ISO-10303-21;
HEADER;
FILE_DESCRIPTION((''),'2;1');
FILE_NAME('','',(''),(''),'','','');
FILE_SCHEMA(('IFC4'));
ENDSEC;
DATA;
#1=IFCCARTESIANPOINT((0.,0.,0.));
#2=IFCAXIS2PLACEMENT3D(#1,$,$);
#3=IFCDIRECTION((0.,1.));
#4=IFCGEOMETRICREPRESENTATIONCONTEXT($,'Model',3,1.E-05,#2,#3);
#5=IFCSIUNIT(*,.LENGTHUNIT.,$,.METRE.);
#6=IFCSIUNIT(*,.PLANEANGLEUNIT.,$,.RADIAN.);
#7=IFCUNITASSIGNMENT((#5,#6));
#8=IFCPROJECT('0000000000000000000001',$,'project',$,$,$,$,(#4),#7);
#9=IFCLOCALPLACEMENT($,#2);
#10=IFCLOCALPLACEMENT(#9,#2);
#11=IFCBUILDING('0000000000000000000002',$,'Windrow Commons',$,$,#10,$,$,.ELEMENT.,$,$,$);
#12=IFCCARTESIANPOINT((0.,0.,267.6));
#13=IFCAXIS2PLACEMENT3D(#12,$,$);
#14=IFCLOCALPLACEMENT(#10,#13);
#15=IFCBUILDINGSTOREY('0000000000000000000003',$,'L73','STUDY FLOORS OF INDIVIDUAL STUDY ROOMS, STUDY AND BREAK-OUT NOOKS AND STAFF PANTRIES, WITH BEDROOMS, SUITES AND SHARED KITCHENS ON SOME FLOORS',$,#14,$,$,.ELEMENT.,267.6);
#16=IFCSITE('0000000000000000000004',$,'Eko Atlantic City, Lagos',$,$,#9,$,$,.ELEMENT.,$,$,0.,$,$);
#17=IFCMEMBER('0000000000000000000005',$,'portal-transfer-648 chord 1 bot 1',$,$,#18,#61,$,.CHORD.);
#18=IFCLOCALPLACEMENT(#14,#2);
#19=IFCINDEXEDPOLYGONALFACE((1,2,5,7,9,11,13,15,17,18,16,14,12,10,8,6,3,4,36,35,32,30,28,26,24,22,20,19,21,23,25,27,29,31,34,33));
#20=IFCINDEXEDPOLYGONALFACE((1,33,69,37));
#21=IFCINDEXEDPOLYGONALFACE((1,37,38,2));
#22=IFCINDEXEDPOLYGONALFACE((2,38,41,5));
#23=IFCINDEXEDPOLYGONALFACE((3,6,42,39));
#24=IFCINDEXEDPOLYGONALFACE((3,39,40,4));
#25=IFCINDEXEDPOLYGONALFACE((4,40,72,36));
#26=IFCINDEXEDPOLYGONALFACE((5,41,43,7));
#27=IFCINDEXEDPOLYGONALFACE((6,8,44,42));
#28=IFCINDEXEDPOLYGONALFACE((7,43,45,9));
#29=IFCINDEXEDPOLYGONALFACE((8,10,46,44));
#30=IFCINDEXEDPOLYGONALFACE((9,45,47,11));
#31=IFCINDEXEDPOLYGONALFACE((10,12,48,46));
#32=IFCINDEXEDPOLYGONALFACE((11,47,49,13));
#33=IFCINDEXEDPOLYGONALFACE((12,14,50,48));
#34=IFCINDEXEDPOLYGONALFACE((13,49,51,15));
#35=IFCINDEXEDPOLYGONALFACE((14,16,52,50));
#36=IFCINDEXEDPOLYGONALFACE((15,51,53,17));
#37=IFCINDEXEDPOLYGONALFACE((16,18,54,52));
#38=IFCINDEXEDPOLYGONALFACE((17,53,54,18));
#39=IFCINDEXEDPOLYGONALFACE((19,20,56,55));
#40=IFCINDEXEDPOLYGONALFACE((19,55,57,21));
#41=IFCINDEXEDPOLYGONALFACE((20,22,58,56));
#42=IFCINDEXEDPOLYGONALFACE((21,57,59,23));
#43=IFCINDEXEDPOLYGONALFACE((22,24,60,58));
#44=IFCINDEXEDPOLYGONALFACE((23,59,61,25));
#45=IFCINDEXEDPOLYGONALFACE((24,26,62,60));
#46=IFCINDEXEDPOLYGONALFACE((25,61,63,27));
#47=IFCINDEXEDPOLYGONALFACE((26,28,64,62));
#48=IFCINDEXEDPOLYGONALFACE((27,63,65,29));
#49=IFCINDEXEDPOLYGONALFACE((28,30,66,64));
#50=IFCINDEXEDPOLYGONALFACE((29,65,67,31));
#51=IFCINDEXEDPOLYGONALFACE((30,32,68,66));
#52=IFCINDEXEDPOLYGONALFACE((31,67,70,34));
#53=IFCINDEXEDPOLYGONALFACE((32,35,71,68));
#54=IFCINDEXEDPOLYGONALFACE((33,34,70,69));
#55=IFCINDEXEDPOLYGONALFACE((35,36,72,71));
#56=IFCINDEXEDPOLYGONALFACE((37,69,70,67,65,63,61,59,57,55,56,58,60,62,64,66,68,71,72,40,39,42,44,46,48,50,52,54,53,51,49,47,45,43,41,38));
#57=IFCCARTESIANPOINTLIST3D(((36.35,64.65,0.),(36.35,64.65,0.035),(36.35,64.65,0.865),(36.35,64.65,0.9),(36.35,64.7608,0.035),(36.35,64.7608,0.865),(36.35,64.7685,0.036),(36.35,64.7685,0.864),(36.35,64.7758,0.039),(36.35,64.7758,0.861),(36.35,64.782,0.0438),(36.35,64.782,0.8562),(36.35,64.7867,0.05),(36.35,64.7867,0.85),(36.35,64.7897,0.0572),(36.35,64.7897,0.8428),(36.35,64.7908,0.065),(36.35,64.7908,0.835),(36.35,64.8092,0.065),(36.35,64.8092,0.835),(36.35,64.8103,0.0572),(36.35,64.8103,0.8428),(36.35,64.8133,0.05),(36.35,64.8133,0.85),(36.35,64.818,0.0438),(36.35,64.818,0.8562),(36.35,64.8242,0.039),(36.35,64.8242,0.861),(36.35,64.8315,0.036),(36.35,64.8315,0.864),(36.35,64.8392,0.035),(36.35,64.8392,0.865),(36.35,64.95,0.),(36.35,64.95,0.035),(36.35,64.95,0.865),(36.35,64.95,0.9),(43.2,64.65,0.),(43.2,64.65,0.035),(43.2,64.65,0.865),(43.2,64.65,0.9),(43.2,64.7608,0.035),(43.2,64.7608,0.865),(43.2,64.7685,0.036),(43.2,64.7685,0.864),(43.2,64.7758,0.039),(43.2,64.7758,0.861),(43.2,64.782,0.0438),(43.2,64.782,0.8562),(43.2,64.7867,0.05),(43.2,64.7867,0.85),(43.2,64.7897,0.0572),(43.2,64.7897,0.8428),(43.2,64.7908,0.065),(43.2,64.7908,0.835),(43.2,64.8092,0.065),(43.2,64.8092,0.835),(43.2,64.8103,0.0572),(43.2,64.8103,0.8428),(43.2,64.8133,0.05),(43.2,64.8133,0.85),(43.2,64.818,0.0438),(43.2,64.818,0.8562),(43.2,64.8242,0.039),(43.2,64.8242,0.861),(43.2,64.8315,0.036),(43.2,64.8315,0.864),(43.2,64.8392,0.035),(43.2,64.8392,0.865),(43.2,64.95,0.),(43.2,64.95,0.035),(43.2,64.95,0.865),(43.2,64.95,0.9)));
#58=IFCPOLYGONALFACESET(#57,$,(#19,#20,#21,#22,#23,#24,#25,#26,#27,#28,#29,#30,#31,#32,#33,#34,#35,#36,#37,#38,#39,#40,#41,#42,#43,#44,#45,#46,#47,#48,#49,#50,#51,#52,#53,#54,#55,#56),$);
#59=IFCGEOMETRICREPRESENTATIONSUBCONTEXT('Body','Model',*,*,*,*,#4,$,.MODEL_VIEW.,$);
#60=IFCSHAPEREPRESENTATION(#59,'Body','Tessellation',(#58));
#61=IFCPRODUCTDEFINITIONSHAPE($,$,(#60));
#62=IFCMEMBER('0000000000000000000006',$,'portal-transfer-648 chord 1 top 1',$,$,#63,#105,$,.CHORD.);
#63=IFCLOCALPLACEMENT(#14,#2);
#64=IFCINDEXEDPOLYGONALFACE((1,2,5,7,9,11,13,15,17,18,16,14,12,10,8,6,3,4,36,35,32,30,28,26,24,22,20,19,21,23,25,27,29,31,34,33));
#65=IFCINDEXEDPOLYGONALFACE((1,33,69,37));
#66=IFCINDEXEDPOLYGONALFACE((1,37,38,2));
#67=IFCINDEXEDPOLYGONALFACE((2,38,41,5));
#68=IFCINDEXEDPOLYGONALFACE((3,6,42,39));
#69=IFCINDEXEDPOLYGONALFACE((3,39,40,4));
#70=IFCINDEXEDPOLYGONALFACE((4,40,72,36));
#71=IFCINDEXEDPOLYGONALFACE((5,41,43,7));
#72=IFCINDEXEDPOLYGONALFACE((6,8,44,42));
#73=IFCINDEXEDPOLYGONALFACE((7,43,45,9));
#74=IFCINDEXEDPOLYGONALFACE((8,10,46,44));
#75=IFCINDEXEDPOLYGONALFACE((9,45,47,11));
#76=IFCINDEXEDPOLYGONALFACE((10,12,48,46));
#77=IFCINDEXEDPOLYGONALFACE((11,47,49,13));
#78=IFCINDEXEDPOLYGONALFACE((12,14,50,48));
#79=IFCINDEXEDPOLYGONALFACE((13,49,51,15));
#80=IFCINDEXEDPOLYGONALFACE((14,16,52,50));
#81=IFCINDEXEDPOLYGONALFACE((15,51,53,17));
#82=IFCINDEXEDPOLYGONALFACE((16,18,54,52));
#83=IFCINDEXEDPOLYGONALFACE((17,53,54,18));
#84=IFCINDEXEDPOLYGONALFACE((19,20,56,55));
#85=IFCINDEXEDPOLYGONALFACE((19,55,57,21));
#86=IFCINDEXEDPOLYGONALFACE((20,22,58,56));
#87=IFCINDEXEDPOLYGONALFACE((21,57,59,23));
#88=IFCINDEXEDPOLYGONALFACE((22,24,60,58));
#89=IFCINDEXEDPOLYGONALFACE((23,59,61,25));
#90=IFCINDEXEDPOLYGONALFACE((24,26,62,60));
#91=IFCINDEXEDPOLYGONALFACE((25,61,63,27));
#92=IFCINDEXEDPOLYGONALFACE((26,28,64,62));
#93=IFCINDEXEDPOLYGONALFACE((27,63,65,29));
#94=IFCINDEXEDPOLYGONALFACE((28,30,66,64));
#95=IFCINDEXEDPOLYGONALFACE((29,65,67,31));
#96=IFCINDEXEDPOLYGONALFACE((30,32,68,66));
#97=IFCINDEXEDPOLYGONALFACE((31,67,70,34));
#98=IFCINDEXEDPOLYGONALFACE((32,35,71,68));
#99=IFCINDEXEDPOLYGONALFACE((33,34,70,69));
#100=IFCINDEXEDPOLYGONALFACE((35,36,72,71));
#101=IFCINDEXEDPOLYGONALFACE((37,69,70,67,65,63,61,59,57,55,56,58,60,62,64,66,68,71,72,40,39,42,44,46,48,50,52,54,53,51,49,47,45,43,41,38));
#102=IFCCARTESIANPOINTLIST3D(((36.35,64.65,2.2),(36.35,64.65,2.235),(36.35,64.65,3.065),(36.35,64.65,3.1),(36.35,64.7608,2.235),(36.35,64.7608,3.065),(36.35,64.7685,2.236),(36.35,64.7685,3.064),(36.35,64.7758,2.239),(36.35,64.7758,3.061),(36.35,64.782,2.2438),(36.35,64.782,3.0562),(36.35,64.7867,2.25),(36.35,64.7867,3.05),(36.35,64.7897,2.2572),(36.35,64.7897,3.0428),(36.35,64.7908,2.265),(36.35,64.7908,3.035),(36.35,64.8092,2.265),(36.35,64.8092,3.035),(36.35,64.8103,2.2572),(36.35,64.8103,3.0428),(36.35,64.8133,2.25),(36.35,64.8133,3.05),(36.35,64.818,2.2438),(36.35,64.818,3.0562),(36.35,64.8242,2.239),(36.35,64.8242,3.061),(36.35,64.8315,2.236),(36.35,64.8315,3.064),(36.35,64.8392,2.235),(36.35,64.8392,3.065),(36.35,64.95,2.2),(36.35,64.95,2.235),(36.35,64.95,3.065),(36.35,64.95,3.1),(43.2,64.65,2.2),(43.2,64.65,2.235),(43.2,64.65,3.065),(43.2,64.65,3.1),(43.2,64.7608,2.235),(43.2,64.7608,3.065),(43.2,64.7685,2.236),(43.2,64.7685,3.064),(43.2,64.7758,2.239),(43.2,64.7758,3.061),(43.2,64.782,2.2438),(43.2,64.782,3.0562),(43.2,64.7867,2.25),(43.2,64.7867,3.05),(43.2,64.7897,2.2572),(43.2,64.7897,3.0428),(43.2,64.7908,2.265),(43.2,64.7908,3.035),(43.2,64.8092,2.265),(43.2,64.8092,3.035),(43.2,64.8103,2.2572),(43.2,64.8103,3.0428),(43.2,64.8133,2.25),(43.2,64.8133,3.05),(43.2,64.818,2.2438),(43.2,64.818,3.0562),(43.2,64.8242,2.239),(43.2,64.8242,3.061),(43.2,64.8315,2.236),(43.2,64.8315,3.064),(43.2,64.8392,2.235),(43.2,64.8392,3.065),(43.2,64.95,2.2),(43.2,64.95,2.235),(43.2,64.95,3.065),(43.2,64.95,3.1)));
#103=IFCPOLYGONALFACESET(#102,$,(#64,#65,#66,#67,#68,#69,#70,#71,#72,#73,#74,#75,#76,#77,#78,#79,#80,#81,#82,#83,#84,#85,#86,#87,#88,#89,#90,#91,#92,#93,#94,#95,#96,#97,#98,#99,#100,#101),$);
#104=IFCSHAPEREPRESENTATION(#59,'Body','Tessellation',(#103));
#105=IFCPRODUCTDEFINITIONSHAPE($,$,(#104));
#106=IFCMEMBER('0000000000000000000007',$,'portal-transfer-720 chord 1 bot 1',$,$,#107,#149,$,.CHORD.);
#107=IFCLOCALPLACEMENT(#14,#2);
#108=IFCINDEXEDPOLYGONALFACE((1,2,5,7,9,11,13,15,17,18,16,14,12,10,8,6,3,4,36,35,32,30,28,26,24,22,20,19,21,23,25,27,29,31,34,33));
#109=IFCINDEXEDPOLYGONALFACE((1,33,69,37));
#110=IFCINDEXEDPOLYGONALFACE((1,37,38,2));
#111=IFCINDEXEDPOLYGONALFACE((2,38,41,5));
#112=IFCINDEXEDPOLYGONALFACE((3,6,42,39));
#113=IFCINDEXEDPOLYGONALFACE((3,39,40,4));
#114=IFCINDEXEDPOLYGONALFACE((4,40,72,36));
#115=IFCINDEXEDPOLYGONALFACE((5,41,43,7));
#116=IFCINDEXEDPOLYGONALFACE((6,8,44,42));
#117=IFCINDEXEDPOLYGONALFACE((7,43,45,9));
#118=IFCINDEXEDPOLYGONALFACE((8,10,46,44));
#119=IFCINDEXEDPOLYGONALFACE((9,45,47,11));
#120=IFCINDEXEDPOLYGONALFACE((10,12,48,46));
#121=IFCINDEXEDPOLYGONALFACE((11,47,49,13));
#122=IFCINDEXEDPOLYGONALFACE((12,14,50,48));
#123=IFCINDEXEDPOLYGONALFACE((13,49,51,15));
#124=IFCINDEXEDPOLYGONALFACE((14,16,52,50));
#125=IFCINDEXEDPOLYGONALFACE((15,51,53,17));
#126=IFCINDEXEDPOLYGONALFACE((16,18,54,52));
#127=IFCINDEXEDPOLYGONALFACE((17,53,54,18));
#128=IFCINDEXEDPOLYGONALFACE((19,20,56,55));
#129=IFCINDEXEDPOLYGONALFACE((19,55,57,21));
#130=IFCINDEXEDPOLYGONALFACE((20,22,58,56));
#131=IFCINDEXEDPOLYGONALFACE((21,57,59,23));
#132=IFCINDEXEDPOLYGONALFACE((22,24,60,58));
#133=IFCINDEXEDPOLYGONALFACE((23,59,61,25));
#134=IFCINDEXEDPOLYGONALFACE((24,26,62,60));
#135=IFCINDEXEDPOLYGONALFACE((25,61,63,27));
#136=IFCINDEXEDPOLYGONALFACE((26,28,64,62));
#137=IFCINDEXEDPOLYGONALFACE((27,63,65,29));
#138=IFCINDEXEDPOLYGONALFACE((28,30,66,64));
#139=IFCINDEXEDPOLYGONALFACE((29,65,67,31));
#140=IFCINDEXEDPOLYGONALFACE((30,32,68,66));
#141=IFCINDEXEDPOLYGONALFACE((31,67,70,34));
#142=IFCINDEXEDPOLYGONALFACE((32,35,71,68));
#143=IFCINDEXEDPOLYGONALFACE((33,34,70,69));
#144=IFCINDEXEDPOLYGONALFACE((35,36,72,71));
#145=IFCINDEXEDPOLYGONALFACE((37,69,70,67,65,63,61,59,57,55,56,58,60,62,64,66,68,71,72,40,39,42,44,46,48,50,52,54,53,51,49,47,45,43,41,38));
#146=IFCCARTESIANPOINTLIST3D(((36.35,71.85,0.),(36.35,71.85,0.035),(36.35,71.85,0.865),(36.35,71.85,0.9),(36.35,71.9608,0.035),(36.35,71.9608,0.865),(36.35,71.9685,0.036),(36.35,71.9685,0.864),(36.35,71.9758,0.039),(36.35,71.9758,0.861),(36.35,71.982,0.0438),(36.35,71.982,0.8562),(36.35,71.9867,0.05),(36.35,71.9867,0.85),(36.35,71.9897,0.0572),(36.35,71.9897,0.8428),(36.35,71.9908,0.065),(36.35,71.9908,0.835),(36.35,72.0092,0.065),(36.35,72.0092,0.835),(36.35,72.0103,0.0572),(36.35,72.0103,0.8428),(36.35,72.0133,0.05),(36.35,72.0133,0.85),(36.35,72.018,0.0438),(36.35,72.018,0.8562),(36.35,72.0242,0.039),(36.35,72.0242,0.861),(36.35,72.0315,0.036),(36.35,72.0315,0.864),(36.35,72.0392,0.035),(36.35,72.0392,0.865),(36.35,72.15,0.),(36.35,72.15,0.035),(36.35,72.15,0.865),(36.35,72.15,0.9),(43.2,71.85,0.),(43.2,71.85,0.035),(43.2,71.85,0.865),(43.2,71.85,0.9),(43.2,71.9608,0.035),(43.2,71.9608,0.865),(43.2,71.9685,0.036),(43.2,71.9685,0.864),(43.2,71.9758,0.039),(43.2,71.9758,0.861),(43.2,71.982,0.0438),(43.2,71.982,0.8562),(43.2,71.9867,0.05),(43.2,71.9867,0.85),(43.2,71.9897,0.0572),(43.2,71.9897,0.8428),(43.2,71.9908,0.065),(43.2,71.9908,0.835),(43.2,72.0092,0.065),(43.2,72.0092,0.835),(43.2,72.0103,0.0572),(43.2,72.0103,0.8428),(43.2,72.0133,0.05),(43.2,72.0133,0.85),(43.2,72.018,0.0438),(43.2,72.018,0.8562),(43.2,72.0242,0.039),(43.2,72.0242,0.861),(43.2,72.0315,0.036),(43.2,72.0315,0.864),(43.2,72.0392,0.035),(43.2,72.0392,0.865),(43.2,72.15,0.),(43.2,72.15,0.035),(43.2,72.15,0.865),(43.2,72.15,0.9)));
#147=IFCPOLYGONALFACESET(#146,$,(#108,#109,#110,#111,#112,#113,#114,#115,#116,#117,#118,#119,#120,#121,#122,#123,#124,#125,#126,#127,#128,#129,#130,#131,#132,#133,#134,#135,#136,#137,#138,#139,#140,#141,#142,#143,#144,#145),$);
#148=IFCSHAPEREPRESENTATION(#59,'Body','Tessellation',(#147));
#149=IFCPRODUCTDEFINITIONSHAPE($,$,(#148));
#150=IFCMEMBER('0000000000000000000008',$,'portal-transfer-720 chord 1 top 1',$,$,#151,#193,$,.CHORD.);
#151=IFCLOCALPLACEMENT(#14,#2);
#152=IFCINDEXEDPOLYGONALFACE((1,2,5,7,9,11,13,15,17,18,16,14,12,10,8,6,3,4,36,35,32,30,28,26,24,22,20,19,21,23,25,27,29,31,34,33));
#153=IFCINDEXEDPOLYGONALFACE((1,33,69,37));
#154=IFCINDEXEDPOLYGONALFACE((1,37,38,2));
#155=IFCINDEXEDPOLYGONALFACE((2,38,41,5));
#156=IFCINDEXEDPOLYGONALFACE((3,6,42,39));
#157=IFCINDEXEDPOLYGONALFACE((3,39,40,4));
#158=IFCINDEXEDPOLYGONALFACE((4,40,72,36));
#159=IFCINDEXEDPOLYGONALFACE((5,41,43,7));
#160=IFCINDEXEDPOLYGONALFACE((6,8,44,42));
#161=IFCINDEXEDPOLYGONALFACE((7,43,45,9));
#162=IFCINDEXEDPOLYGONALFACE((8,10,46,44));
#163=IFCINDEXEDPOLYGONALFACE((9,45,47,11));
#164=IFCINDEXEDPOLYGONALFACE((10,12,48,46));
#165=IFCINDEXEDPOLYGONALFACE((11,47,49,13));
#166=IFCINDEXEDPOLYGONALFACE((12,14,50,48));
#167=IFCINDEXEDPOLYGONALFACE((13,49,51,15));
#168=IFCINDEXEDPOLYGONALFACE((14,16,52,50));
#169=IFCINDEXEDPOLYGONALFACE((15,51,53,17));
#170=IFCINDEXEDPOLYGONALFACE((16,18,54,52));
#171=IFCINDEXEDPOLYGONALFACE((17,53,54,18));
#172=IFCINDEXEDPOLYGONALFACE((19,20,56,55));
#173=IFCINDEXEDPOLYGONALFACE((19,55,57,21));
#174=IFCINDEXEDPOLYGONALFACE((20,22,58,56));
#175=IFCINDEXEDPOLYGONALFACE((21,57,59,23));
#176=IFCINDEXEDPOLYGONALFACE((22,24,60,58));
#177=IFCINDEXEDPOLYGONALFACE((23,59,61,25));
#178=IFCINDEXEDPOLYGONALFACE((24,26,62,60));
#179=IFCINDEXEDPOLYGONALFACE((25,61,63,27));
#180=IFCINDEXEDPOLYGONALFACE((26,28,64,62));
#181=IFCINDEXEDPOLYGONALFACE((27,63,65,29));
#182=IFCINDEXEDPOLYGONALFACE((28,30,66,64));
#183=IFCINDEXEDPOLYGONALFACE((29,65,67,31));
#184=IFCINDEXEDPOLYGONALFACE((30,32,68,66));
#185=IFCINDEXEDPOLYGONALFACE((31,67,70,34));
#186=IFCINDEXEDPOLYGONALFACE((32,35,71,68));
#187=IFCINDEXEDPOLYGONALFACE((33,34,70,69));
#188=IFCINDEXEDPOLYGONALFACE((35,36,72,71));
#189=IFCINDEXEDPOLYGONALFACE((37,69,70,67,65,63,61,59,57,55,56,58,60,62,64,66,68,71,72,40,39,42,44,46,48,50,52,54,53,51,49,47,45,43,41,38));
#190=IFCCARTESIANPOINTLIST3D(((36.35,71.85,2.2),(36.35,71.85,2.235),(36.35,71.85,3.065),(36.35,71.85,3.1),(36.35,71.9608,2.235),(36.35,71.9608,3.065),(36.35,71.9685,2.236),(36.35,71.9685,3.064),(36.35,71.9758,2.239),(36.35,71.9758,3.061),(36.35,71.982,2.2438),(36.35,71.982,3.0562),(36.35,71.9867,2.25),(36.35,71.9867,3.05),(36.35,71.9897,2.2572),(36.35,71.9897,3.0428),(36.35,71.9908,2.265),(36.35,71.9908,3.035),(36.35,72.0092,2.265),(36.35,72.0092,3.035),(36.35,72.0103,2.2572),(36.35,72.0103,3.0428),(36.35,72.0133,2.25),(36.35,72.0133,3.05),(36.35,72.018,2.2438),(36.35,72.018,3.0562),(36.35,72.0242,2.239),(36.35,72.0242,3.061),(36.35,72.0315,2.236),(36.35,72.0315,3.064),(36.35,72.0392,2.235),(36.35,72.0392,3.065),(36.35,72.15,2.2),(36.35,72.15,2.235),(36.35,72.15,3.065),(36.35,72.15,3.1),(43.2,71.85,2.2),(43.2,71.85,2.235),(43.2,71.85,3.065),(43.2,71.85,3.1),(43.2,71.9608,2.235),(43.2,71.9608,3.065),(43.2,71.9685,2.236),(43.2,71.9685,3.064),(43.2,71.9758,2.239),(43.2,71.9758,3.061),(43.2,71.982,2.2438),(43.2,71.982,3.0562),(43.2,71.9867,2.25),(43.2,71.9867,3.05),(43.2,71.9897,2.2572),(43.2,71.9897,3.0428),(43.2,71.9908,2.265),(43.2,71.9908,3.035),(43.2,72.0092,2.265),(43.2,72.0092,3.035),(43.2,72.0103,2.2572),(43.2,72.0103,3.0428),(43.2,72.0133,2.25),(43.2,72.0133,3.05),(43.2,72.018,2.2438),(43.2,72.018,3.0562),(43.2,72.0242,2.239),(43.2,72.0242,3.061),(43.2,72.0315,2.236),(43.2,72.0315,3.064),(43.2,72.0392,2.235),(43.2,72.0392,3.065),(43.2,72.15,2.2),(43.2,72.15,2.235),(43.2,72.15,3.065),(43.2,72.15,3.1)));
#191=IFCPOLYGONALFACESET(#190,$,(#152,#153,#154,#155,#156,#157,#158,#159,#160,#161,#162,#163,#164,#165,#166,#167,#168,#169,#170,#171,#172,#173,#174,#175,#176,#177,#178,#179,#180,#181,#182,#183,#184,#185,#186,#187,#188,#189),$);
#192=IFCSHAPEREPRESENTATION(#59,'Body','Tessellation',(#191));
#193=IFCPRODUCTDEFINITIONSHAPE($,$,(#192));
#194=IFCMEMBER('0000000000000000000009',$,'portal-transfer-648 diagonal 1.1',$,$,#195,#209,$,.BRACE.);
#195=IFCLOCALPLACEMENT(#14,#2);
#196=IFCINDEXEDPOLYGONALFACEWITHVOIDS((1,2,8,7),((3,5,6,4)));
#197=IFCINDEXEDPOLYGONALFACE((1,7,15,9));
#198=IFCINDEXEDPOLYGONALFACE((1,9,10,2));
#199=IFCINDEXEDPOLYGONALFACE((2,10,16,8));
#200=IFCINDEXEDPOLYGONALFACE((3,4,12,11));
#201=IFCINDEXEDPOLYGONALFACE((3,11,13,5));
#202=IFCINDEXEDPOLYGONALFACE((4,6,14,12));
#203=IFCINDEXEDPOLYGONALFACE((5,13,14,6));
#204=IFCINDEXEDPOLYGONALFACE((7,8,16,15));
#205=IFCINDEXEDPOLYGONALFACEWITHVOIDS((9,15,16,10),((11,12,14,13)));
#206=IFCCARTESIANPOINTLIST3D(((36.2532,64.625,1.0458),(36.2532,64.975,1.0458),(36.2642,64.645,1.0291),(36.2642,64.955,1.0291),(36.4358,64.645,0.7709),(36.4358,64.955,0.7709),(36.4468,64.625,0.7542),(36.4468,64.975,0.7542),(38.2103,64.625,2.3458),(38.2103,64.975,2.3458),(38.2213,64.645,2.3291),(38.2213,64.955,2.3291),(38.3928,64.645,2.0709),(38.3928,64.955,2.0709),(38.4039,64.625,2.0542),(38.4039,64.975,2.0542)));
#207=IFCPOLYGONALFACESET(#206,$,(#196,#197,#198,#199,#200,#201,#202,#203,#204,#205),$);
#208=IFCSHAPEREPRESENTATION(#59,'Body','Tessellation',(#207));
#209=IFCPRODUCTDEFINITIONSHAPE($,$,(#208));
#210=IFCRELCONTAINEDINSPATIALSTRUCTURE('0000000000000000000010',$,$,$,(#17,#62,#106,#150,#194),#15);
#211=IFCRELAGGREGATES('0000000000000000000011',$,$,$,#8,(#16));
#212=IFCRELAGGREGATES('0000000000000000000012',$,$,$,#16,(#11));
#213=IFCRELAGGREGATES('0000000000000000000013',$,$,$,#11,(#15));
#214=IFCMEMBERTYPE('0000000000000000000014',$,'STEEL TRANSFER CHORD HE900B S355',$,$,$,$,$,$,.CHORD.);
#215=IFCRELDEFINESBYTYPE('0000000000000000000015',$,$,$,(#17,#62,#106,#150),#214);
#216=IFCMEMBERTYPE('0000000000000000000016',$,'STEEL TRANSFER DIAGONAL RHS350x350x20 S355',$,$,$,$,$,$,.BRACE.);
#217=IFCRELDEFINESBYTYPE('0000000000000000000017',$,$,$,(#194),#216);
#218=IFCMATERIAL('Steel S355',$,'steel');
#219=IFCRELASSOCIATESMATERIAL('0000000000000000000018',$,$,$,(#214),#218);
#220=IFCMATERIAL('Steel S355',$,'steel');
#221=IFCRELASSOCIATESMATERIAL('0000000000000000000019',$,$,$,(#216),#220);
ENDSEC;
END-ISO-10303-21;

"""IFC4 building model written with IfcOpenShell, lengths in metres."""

from ifc_helpers import new_model, si_unit, direction, frame, origin, origin_2d, place, context, subcontext, project, spatial, hollow_rectangle, i_section, extrude, material, material_profile, profile_set, type_object, element, save


model = new_model("IFC4")

# Units and contexts
model_context = context("Model", 3, precision=1e-05, world=origin(), true_north=direction((0.0, 1.0)))
body_context = subcontext(model_context, "Body", "Model", "MODEL_VIEW")
ifc_project = project(units=[si_unit("LENGTHUNIT", "METRE"), si_unit("PLANEANGLEUNIT", "RADIAN")], contexts=[model_context])

# Site, building, storey
site_placement = place(None, origin())
site = spatial("IfcSite", under=ifc_project, at=site_placement, Name="Eko Atlantic City, Lagos", CompositionType="ELEMENT", RefElevation=0.0)
building_placement = place(site_placement, origin())
building = spatial("IfcBuilding", under=site, at=building_placement, Name="Windrow Commons", CompositionType="ELEMENT")
storey_placement = place(building_placement, frame((0.0, 0.0, 267.6)))
storey = spatial("IfcBuildingStorey", under=building, at=storey_placement, Name="L73", Description="STUDY FLOORS OF INDIVIDUAL STUDY ROOMS, STUDY AND BREAK-OUT NOOKS AND STAFF PANTRIES, WITH BEDROOMS, SUITES AND SHARED KITCHENS ON SOME FLOORS", CompositionType="ELEMENT", Elevation=267.6)

# Members
ifc_material_1 = material(Name="Steel S355", Category="steel")
ifc_material_profile_1 = material_profile(ifc_material_1, i_section(OverallWidth=0.3, OverallDepth=0.9, WebThickness=0.0185, FlangeThickness=0.035, FilletRadius=0.03, at=origin_2d()))
ifc_profile_set_1 = profile_set([ifc_material_profile_1], Name="Steel S355")
member_type_1 = type_object("IfcMemberType", Name="STEEL TRANSFER CHORD HE900B S355", PredefinedType="CHORD", material=ifc_profile_set_1)
for number, where, z_axis, x_axis, name in (
    (1, (36.35, 64.8, 0.45), (1.0, 0.0, 0.0), (0.0, 1.0, 0.0), "portal-transfer-648 chord 1 bot 1"),
    (2, (36.35, 64.8, 2.65), (1.0, 0.0, 0.0), (0.0, 1.0, 0.0), "portal-transfer-648 chord 1 top 1"),
    (3, (36.35, 72.0, 0.45), (1.0, 0.0, 0.0), (0.0, 1.0, 0.0), "portal-transfer-720 chord 1 bot 1"),
    (4, (36.35, 72.0, 2.65), (1.0, 0.0, 0.0), (0.0, 1.0, 0.0), "portal-transfer-720 chord 1 top 1"),
):
    element("IfcMember", number, at=place(storey_placement, frame(where, z_axis=z_axis, x_axis=x_axis)), inside=storey, type_object=member_type_1, Name=name, PredefinedType="CHORD", context=body_context, shape_type="SweptSolid", body=[
        extrude(i_section(OverallWidth=0.3, OverallDepth=0.9, WebThickness=0.0185, FlangeThickness=0.035, FilletRadius=0.03, at=origin_2d()), origin(), (0.0, 0.0, 1.0), 6.85),
    ])
ifc_material_2 = material(Name="Steel S355", Category="steel")
ifc_material_profile_2 = material_profile(ifc_material_2, hollow_rectangle(XDim=0.35, YDim=0.35, WallThickness=0.02, at=origin_2d()))
ifc_profile_set_2 = profile_set([ifc_material_profile_2], Name="Steel S355")
member_type_2 = type_object("IfcMemberType", Name="STEEL TRANSFER DIAGONAL RHS350x350x20 S355", PredefinedType="BRACE", material=ifc_profile_set_2)
member_1_placement = place(storey_placement, frame((36.35, 64.8, 0.9), z_axis=(0.832979, 0.0, 0.553305), x_axis=(0.0, 1.0, 0.0)))
element("IfcMember", 5, at=member_1_placement, inside=storey, type_object=member_type_2, Name="portal-transfer-648 diagonal 1.1", PredefinedType="BRACE", context=body_context, shape_type="SweptSolid", body=[
    extrude(hollow_rectangle(XDim=0.35, YDim=0.35, WallThickness=0.02, at=origin_2d()), origin(), (0.0, 0.0, 1.0), 2.3495),
])

save(model, "model.ifc")
